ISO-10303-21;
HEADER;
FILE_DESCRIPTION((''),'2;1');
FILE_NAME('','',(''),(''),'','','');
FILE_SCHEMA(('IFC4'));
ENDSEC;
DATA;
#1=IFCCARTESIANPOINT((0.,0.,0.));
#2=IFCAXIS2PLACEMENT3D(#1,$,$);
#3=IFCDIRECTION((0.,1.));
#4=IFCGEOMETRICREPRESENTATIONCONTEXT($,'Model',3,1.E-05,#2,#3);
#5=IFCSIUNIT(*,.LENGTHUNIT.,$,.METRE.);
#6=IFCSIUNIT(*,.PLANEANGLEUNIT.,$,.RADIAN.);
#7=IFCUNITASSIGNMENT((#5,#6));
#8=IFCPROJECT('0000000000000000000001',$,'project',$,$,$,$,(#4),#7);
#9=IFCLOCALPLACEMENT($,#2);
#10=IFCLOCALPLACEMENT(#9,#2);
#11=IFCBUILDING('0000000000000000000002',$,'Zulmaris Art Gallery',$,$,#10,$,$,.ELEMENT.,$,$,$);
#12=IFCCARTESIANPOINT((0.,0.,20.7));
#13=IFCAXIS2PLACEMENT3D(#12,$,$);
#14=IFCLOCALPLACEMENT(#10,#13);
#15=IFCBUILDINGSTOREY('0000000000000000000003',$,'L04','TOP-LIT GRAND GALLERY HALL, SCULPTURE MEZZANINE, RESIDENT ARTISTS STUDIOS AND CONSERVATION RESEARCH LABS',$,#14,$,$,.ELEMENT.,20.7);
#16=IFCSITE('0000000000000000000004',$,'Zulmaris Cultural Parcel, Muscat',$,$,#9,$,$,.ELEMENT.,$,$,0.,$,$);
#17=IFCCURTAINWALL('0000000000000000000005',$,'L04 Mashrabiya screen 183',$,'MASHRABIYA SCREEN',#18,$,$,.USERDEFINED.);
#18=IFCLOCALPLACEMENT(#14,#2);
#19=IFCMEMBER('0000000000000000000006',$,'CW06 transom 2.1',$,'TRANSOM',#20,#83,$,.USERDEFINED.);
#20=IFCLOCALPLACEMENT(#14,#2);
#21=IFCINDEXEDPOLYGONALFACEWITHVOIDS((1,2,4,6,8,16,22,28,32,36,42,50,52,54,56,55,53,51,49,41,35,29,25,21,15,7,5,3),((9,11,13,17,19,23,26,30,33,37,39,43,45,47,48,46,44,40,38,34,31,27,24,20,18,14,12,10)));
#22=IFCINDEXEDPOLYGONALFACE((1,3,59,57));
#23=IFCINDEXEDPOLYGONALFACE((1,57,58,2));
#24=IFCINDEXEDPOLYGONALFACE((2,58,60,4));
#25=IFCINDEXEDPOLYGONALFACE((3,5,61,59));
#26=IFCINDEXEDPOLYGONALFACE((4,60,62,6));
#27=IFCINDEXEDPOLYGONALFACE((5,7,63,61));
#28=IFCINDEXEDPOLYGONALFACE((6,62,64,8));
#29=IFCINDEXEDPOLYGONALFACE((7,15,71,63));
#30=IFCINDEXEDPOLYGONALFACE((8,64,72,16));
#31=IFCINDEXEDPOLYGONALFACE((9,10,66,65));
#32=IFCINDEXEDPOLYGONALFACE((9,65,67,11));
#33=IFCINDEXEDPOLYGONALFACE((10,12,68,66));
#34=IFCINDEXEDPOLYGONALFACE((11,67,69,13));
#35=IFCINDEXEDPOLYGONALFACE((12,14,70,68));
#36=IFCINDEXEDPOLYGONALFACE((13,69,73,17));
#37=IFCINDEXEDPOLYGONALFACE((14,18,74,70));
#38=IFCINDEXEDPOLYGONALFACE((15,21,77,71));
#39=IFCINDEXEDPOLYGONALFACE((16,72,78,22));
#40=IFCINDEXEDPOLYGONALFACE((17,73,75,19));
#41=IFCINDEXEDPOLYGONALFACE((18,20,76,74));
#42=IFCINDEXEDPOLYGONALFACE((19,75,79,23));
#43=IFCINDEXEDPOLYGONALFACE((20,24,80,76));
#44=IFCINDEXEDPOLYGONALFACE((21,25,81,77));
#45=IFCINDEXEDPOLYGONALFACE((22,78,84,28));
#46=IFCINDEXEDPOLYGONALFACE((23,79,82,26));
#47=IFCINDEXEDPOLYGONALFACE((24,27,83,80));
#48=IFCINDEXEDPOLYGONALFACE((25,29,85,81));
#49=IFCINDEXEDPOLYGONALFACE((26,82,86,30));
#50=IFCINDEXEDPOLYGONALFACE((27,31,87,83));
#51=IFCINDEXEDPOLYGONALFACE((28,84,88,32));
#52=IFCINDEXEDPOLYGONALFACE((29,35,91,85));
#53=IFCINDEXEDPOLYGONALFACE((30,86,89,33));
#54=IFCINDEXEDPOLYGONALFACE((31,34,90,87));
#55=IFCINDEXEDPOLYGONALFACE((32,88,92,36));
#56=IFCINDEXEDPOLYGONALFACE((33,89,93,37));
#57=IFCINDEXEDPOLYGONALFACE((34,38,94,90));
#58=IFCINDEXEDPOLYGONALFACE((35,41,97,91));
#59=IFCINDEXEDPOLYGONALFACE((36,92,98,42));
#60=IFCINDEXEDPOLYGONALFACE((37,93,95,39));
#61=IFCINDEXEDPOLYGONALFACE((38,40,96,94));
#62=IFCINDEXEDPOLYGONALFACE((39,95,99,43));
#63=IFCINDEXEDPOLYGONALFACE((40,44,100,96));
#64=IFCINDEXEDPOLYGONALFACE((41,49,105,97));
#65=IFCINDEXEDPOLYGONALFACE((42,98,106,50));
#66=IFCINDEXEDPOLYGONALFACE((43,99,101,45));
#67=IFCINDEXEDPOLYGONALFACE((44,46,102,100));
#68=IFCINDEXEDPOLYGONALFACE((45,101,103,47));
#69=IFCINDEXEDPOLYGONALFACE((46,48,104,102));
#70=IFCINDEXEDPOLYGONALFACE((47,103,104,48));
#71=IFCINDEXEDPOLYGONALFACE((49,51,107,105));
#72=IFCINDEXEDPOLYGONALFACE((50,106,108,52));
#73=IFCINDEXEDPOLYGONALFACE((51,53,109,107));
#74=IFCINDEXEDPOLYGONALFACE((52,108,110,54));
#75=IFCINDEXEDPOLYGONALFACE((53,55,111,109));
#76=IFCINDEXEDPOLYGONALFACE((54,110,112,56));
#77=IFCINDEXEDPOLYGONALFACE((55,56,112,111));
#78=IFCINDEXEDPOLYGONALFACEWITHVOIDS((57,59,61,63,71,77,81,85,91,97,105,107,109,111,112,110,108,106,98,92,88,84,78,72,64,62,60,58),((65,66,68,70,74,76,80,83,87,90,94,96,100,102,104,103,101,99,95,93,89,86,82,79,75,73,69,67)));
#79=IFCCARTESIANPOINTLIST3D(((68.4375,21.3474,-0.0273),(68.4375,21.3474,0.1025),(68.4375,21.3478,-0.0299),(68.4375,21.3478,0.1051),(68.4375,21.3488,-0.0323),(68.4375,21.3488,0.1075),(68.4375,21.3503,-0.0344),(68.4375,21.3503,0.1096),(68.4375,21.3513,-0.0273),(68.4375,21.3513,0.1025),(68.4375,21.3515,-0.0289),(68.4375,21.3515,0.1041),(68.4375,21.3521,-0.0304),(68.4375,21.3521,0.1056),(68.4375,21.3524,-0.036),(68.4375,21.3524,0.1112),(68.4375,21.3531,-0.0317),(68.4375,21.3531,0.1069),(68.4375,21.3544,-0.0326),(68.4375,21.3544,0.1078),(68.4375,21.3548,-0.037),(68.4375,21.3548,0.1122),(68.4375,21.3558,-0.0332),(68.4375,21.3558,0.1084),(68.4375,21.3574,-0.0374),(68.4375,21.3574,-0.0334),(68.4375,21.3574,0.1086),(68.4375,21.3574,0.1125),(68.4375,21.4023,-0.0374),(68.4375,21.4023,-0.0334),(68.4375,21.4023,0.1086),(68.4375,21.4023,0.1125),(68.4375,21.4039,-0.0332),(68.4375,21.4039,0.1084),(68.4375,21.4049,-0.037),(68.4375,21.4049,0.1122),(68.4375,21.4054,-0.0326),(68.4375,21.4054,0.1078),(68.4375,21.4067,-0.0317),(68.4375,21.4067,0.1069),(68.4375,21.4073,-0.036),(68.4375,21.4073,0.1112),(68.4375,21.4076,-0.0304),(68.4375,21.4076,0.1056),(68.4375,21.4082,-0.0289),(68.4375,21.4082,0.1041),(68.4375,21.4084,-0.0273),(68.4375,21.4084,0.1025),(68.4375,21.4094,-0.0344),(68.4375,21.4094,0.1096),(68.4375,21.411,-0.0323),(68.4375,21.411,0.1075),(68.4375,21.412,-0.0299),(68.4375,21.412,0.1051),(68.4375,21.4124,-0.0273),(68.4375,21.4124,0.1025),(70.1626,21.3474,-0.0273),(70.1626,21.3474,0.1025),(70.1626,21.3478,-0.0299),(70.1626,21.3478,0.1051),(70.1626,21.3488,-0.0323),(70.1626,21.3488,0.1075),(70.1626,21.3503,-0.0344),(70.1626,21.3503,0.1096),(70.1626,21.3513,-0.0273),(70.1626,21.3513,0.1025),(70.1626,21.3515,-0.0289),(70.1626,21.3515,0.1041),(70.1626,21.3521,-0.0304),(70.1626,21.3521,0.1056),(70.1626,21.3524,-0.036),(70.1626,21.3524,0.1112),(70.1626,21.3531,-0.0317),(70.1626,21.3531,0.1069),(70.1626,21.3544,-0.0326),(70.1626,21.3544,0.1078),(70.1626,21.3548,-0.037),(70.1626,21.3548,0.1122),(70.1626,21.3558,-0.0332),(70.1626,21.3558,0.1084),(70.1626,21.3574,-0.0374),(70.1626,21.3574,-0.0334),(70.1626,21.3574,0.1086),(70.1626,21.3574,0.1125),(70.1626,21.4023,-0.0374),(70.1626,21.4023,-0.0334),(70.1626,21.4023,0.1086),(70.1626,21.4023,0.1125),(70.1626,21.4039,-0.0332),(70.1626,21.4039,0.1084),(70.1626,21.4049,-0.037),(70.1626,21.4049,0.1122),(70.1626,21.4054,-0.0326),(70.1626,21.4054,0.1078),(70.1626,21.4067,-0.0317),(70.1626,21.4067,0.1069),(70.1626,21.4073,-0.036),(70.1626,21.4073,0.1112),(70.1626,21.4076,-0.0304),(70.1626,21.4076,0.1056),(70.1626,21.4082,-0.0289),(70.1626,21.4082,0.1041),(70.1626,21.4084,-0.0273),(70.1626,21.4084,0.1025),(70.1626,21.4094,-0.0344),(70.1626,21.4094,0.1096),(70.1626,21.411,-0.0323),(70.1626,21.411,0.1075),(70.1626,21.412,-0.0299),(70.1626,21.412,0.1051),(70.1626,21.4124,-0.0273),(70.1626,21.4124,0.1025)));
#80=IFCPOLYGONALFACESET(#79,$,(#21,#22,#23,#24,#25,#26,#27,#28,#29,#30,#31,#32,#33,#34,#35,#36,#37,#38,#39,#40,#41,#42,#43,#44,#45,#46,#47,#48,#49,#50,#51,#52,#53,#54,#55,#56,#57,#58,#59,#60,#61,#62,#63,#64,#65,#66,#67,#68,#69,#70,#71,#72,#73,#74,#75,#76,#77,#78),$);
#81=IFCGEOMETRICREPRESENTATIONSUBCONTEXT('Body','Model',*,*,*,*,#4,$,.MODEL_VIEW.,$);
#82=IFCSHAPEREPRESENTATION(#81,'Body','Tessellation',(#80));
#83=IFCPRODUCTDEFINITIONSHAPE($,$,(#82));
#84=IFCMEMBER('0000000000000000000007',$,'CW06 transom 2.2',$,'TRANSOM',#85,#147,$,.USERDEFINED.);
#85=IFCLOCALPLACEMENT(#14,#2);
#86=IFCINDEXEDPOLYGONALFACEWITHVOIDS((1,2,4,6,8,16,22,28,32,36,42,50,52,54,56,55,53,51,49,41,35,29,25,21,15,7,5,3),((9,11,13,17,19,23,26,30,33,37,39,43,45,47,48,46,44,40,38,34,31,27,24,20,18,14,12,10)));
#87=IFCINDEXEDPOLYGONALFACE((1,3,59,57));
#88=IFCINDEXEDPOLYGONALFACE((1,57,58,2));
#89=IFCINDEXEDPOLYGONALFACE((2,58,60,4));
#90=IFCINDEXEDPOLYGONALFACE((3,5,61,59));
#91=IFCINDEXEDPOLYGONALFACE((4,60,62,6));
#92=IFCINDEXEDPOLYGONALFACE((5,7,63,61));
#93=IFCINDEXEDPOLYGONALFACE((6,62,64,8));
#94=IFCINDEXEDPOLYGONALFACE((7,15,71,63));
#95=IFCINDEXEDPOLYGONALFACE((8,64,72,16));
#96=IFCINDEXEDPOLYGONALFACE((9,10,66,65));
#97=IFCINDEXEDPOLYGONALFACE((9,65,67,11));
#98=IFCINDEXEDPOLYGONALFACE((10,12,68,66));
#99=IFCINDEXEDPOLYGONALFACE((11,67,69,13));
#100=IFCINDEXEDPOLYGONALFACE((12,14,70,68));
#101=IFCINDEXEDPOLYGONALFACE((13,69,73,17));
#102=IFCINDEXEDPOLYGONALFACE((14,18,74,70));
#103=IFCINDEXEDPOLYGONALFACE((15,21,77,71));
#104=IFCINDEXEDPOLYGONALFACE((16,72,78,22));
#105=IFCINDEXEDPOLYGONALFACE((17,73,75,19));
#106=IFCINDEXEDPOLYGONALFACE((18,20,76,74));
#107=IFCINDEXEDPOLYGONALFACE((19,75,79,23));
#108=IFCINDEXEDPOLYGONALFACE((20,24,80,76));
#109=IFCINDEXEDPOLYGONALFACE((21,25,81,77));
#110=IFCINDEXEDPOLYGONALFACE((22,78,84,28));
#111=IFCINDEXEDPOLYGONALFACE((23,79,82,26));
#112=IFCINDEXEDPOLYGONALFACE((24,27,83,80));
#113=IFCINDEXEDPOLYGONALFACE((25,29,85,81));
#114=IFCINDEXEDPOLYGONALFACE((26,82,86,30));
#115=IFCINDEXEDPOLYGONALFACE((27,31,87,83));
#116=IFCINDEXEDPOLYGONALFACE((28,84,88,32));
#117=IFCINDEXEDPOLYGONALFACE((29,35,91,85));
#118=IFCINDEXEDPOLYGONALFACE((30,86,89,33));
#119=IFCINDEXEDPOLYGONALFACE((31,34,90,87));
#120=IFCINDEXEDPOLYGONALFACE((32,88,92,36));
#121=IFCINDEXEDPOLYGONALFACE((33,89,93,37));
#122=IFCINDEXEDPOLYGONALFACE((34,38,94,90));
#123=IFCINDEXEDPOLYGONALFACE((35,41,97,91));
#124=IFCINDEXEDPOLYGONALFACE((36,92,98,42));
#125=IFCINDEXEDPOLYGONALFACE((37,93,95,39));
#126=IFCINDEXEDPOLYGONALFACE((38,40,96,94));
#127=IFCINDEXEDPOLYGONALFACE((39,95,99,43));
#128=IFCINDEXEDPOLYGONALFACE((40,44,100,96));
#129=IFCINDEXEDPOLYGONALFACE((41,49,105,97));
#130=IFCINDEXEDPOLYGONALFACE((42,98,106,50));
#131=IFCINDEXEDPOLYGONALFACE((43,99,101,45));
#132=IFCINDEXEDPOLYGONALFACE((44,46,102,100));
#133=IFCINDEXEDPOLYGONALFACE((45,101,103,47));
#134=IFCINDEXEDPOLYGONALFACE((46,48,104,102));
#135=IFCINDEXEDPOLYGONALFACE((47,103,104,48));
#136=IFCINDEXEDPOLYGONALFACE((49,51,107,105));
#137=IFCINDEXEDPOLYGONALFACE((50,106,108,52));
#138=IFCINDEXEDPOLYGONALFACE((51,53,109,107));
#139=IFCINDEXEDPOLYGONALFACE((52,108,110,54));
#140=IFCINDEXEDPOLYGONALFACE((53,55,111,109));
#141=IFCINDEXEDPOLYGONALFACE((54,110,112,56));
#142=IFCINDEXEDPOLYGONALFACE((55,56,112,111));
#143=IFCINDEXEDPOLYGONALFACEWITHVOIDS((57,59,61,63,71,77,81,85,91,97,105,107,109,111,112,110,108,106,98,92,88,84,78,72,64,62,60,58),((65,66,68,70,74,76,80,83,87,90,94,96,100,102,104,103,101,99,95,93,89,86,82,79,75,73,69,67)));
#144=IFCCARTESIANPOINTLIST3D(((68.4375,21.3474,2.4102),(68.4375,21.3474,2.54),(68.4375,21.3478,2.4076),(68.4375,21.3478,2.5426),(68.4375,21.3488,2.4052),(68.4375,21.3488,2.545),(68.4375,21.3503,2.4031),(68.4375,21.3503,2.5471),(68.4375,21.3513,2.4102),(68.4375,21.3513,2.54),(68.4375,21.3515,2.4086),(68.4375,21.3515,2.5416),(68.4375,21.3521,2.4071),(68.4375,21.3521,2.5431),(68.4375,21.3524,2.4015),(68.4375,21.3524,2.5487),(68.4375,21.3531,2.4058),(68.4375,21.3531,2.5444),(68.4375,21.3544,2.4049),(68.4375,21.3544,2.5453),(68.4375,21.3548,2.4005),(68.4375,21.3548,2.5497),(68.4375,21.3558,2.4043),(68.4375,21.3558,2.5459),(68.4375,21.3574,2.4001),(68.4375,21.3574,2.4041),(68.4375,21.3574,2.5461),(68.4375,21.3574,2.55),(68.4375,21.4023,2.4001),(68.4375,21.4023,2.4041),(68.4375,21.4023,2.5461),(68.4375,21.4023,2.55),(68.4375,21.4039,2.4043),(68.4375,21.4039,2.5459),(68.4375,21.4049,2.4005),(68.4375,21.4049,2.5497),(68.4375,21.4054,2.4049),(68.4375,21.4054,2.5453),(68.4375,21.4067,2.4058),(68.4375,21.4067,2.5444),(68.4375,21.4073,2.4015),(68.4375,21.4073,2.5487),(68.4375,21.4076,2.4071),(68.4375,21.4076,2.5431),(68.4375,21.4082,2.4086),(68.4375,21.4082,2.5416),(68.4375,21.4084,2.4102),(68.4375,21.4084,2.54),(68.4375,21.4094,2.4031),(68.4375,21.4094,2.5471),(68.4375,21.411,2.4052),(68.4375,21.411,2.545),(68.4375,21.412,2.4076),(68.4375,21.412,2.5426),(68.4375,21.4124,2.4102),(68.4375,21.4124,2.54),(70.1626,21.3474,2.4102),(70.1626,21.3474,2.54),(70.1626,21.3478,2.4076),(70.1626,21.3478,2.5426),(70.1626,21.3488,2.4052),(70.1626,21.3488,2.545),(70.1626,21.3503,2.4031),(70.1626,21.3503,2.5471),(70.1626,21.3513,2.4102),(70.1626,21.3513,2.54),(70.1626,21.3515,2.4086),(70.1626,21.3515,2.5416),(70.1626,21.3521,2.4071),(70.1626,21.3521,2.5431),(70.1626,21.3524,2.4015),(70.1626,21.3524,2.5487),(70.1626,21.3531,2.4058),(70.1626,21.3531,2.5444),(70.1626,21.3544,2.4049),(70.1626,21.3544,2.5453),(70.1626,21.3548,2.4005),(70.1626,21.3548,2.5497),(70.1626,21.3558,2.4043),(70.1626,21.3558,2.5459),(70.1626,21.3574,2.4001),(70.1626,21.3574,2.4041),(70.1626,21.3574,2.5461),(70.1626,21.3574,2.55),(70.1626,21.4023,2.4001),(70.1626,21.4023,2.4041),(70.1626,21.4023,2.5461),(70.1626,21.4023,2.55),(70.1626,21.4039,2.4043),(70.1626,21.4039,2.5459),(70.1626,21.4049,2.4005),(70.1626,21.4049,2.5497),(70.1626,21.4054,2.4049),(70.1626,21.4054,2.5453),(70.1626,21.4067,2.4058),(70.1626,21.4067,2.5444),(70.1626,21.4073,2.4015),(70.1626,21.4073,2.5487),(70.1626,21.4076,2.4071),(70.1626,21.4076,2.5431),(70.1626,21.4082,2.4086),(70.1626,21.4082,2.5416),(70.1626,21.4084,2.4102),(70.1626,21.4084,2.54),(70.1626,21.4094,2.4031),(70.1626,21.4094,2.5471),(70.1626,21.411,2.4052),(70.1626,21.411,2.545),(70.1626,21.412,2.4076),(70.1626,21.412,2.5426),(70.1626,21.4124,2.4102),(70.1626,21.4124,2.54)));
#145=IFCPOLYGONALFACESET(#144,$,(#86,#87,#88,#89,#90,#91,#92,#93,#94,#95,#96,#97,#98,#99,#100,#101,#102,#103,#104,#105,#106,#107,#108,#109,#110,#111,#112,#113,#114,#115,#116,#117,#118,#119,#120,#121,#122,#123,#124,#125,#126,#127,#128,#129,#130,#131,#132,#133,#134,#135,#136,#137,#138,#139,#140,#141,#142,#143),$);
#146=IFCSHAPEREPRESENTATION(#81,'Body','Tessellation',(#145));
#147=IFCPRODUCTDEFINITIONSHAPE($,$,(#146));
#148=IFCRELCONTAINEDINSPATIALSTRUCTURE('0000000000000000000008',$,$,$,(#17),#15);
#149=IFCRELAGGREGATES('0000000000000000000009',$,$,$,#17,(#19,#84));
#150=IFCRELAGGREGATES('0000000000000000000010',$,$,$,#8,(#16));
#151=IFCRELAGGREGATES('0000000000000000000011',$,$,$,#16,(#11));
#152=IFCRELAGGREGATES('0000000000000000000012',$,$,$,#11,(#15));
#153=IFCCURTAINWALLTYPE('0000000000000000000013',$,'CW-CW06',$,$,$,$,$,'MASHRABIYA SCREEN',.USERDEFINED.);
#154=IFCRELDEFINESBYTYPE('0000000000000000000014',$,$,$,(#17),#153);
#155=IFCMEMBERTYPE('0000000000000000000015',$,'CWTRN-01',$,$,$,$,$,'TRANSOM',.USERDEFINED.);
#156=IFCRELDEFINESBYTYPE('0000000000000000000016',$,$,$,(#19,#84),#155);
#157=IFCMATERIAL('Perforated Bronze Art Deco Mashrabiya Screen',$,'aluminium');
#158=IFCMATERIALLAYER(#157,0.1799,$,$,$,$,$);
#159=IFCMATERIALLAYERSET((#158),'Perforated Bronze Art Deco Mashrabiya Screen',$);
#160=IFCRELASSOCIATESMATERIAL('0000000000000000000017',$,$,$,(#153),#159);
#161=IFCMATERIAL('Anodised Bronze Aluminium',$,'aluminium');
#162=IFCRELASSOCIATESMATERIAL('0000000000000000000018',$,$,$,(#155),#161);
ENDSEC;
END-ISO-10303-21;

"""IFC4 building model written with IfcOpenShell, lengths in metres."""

from ifc_helpers import new_model, si_unit, direction, frame, origin, origin_2d, place, context, subcontext, project, spatial, hollow_rectangle, extrude, material, layer, layer_set, material_profile, profile_set, type_object, element, aggregate, save


model = new_model("IFC4")

# Units and contexts
model_context = context("Model", 3, precision=1e-05, world=origin(), true_north=direction((0.0, 1.0)))
body_context = subcontext(model_context, "Body", "Model", "MODEL_VIEW")
ifc_project = project(units=[si_unit("LENGTHUNIT", "METRE"), si_unit("PLANEANGLEUNIT", "RADIAN")], contexts=[model_context])

# Site, building, storey
site_placement = place(None, origin())
site = spatial("IfcSite", under=ifc_project, at=site_placement, Name="Zulmaris Cultural Parcel, Muscat", CompositionType="ELEMENT", RefElevation=0.0)
building_placement = place(site_placement, origin())
building = spatial("IfcBuilding", under=site, at=building_placement, Name="Zulmaris Art Gallery", CompositionType="ELEMENT")
storey_placement = place(building_placement, frame((0.0, 0.0, 20.7)))
storey = spatial("IfcBuildingStorey", under=building, at=storey_placement, Name="L04", Description="TOP-LIT GRAND GALLERY HALL, SCULPTURE MEZZANINE, RESIDENT ARTISTS STUDIOS AND CONSERVATION RESEARCH LABS", CompositionType="ELEMENT", Elevation=20.7)

# Curtain wall, members
ifc_material_1 = material(Name="Perforated Bronze Art Deco Mashrabiya Screen", Category="aluminium")
ifc_layer_1 = layer(ifc_material_1, 0.1799)
ifc_layer_set_1 = layer_set([ifc_layer_1], Name="Perforated Bronze Art Deco Mashrabiya Screen")
curtain_wall_type = type_object("IfcCurtainWallType", Name="CW-CW06", ElementType="MASHRABIYA SCREEN", PredefinedType="USERDEFINED", material=ifc_layer_set_1)
curtain_wall_placement = place(storey_placement, origin())
curtain_wall = element("IfcCurtainWall", 1, at=curtain_wall_placement, inside=storey, type_object=curtain_wall_type, Name="L04 Mashrabiya screen 183", ObjectType="MASHRABIYA SCREEN", PredefinedType="USERDEFINED")
ifc_material_2 = material(Name="Anodised Bronze Aluminium", Category="aluminium")
ifc_material_profile_1 = material_profile(ifc_material_2, hollow_rectangle(XDim=0.0649, YDim=0.1499, WallThickness=0.0039, InnerFilletRadius=0.0061, OuterFilletRadius=0.01, at=origin_2d()), Name="ALU 65x150x4")
ifc_profile_set_1 = profile_set([ifc_material_profile_1], Name="Anodised Bronze Aluminium")
member_type_1 = type_object("IfcMemberType", Name="CWTRN-01", ElementType="TRANSOM", PredefinedType="USERDEFINED", material=ifc_profile_set_1)
member_1_placement = place(storey_placement, frame((68.4375, 21.3799, 0.0376), z_axis=(1.0, 0.0, 0.0), x_axis=(0.0, 1.0, 0.0)))
member_1 = element("IfcMember", 2, at=member_1_placement, type_object=member_type_1, Name="CW06 transom 2.1", ObjectType="TRANSOM", PredefinedType="USERDEFINED", context=body_context, shape_type="SweptSolid", body=[
    extrude(hollow_rectangle(XDim=0.0649, YDim=0.1499, WallThickness=0.0039, InnerFilletRadius=0.0061, OuterFilletRadius=0.01, at=origin_2d()), origin(), (0.0, 0.0, 1.0), 1.7251),
])
member_2_placement = place(storey_placement, frame((68.4375, 21.3799, 2.4751), z_axis=(1.0, 0.0, 0.0), x_axis=(0.0, 1.0, 0.0)))
member_2 = element("IfcMember", 3, at=member_2_placement, type_object=member_type_1, Name="CW06 transom 2.2", ObjectType="TRANSOM", PredefinedType="USERDEFINED", context=body_context, shape_type="SweptSolid", body=[
    extrude(hollow_rectangle(XDim=0.0649, YDim=0.1499, WallThickness=0.0039, InnerFilletRadius=0.0061, OuterFilletRadius=0.01, at=origin_2d()), origin(), (0.0, 0.0, 1.0), 1.7251),
])
aggregate(curtain_wall, [member_1, member_2])

save(model, "model.ifc")
